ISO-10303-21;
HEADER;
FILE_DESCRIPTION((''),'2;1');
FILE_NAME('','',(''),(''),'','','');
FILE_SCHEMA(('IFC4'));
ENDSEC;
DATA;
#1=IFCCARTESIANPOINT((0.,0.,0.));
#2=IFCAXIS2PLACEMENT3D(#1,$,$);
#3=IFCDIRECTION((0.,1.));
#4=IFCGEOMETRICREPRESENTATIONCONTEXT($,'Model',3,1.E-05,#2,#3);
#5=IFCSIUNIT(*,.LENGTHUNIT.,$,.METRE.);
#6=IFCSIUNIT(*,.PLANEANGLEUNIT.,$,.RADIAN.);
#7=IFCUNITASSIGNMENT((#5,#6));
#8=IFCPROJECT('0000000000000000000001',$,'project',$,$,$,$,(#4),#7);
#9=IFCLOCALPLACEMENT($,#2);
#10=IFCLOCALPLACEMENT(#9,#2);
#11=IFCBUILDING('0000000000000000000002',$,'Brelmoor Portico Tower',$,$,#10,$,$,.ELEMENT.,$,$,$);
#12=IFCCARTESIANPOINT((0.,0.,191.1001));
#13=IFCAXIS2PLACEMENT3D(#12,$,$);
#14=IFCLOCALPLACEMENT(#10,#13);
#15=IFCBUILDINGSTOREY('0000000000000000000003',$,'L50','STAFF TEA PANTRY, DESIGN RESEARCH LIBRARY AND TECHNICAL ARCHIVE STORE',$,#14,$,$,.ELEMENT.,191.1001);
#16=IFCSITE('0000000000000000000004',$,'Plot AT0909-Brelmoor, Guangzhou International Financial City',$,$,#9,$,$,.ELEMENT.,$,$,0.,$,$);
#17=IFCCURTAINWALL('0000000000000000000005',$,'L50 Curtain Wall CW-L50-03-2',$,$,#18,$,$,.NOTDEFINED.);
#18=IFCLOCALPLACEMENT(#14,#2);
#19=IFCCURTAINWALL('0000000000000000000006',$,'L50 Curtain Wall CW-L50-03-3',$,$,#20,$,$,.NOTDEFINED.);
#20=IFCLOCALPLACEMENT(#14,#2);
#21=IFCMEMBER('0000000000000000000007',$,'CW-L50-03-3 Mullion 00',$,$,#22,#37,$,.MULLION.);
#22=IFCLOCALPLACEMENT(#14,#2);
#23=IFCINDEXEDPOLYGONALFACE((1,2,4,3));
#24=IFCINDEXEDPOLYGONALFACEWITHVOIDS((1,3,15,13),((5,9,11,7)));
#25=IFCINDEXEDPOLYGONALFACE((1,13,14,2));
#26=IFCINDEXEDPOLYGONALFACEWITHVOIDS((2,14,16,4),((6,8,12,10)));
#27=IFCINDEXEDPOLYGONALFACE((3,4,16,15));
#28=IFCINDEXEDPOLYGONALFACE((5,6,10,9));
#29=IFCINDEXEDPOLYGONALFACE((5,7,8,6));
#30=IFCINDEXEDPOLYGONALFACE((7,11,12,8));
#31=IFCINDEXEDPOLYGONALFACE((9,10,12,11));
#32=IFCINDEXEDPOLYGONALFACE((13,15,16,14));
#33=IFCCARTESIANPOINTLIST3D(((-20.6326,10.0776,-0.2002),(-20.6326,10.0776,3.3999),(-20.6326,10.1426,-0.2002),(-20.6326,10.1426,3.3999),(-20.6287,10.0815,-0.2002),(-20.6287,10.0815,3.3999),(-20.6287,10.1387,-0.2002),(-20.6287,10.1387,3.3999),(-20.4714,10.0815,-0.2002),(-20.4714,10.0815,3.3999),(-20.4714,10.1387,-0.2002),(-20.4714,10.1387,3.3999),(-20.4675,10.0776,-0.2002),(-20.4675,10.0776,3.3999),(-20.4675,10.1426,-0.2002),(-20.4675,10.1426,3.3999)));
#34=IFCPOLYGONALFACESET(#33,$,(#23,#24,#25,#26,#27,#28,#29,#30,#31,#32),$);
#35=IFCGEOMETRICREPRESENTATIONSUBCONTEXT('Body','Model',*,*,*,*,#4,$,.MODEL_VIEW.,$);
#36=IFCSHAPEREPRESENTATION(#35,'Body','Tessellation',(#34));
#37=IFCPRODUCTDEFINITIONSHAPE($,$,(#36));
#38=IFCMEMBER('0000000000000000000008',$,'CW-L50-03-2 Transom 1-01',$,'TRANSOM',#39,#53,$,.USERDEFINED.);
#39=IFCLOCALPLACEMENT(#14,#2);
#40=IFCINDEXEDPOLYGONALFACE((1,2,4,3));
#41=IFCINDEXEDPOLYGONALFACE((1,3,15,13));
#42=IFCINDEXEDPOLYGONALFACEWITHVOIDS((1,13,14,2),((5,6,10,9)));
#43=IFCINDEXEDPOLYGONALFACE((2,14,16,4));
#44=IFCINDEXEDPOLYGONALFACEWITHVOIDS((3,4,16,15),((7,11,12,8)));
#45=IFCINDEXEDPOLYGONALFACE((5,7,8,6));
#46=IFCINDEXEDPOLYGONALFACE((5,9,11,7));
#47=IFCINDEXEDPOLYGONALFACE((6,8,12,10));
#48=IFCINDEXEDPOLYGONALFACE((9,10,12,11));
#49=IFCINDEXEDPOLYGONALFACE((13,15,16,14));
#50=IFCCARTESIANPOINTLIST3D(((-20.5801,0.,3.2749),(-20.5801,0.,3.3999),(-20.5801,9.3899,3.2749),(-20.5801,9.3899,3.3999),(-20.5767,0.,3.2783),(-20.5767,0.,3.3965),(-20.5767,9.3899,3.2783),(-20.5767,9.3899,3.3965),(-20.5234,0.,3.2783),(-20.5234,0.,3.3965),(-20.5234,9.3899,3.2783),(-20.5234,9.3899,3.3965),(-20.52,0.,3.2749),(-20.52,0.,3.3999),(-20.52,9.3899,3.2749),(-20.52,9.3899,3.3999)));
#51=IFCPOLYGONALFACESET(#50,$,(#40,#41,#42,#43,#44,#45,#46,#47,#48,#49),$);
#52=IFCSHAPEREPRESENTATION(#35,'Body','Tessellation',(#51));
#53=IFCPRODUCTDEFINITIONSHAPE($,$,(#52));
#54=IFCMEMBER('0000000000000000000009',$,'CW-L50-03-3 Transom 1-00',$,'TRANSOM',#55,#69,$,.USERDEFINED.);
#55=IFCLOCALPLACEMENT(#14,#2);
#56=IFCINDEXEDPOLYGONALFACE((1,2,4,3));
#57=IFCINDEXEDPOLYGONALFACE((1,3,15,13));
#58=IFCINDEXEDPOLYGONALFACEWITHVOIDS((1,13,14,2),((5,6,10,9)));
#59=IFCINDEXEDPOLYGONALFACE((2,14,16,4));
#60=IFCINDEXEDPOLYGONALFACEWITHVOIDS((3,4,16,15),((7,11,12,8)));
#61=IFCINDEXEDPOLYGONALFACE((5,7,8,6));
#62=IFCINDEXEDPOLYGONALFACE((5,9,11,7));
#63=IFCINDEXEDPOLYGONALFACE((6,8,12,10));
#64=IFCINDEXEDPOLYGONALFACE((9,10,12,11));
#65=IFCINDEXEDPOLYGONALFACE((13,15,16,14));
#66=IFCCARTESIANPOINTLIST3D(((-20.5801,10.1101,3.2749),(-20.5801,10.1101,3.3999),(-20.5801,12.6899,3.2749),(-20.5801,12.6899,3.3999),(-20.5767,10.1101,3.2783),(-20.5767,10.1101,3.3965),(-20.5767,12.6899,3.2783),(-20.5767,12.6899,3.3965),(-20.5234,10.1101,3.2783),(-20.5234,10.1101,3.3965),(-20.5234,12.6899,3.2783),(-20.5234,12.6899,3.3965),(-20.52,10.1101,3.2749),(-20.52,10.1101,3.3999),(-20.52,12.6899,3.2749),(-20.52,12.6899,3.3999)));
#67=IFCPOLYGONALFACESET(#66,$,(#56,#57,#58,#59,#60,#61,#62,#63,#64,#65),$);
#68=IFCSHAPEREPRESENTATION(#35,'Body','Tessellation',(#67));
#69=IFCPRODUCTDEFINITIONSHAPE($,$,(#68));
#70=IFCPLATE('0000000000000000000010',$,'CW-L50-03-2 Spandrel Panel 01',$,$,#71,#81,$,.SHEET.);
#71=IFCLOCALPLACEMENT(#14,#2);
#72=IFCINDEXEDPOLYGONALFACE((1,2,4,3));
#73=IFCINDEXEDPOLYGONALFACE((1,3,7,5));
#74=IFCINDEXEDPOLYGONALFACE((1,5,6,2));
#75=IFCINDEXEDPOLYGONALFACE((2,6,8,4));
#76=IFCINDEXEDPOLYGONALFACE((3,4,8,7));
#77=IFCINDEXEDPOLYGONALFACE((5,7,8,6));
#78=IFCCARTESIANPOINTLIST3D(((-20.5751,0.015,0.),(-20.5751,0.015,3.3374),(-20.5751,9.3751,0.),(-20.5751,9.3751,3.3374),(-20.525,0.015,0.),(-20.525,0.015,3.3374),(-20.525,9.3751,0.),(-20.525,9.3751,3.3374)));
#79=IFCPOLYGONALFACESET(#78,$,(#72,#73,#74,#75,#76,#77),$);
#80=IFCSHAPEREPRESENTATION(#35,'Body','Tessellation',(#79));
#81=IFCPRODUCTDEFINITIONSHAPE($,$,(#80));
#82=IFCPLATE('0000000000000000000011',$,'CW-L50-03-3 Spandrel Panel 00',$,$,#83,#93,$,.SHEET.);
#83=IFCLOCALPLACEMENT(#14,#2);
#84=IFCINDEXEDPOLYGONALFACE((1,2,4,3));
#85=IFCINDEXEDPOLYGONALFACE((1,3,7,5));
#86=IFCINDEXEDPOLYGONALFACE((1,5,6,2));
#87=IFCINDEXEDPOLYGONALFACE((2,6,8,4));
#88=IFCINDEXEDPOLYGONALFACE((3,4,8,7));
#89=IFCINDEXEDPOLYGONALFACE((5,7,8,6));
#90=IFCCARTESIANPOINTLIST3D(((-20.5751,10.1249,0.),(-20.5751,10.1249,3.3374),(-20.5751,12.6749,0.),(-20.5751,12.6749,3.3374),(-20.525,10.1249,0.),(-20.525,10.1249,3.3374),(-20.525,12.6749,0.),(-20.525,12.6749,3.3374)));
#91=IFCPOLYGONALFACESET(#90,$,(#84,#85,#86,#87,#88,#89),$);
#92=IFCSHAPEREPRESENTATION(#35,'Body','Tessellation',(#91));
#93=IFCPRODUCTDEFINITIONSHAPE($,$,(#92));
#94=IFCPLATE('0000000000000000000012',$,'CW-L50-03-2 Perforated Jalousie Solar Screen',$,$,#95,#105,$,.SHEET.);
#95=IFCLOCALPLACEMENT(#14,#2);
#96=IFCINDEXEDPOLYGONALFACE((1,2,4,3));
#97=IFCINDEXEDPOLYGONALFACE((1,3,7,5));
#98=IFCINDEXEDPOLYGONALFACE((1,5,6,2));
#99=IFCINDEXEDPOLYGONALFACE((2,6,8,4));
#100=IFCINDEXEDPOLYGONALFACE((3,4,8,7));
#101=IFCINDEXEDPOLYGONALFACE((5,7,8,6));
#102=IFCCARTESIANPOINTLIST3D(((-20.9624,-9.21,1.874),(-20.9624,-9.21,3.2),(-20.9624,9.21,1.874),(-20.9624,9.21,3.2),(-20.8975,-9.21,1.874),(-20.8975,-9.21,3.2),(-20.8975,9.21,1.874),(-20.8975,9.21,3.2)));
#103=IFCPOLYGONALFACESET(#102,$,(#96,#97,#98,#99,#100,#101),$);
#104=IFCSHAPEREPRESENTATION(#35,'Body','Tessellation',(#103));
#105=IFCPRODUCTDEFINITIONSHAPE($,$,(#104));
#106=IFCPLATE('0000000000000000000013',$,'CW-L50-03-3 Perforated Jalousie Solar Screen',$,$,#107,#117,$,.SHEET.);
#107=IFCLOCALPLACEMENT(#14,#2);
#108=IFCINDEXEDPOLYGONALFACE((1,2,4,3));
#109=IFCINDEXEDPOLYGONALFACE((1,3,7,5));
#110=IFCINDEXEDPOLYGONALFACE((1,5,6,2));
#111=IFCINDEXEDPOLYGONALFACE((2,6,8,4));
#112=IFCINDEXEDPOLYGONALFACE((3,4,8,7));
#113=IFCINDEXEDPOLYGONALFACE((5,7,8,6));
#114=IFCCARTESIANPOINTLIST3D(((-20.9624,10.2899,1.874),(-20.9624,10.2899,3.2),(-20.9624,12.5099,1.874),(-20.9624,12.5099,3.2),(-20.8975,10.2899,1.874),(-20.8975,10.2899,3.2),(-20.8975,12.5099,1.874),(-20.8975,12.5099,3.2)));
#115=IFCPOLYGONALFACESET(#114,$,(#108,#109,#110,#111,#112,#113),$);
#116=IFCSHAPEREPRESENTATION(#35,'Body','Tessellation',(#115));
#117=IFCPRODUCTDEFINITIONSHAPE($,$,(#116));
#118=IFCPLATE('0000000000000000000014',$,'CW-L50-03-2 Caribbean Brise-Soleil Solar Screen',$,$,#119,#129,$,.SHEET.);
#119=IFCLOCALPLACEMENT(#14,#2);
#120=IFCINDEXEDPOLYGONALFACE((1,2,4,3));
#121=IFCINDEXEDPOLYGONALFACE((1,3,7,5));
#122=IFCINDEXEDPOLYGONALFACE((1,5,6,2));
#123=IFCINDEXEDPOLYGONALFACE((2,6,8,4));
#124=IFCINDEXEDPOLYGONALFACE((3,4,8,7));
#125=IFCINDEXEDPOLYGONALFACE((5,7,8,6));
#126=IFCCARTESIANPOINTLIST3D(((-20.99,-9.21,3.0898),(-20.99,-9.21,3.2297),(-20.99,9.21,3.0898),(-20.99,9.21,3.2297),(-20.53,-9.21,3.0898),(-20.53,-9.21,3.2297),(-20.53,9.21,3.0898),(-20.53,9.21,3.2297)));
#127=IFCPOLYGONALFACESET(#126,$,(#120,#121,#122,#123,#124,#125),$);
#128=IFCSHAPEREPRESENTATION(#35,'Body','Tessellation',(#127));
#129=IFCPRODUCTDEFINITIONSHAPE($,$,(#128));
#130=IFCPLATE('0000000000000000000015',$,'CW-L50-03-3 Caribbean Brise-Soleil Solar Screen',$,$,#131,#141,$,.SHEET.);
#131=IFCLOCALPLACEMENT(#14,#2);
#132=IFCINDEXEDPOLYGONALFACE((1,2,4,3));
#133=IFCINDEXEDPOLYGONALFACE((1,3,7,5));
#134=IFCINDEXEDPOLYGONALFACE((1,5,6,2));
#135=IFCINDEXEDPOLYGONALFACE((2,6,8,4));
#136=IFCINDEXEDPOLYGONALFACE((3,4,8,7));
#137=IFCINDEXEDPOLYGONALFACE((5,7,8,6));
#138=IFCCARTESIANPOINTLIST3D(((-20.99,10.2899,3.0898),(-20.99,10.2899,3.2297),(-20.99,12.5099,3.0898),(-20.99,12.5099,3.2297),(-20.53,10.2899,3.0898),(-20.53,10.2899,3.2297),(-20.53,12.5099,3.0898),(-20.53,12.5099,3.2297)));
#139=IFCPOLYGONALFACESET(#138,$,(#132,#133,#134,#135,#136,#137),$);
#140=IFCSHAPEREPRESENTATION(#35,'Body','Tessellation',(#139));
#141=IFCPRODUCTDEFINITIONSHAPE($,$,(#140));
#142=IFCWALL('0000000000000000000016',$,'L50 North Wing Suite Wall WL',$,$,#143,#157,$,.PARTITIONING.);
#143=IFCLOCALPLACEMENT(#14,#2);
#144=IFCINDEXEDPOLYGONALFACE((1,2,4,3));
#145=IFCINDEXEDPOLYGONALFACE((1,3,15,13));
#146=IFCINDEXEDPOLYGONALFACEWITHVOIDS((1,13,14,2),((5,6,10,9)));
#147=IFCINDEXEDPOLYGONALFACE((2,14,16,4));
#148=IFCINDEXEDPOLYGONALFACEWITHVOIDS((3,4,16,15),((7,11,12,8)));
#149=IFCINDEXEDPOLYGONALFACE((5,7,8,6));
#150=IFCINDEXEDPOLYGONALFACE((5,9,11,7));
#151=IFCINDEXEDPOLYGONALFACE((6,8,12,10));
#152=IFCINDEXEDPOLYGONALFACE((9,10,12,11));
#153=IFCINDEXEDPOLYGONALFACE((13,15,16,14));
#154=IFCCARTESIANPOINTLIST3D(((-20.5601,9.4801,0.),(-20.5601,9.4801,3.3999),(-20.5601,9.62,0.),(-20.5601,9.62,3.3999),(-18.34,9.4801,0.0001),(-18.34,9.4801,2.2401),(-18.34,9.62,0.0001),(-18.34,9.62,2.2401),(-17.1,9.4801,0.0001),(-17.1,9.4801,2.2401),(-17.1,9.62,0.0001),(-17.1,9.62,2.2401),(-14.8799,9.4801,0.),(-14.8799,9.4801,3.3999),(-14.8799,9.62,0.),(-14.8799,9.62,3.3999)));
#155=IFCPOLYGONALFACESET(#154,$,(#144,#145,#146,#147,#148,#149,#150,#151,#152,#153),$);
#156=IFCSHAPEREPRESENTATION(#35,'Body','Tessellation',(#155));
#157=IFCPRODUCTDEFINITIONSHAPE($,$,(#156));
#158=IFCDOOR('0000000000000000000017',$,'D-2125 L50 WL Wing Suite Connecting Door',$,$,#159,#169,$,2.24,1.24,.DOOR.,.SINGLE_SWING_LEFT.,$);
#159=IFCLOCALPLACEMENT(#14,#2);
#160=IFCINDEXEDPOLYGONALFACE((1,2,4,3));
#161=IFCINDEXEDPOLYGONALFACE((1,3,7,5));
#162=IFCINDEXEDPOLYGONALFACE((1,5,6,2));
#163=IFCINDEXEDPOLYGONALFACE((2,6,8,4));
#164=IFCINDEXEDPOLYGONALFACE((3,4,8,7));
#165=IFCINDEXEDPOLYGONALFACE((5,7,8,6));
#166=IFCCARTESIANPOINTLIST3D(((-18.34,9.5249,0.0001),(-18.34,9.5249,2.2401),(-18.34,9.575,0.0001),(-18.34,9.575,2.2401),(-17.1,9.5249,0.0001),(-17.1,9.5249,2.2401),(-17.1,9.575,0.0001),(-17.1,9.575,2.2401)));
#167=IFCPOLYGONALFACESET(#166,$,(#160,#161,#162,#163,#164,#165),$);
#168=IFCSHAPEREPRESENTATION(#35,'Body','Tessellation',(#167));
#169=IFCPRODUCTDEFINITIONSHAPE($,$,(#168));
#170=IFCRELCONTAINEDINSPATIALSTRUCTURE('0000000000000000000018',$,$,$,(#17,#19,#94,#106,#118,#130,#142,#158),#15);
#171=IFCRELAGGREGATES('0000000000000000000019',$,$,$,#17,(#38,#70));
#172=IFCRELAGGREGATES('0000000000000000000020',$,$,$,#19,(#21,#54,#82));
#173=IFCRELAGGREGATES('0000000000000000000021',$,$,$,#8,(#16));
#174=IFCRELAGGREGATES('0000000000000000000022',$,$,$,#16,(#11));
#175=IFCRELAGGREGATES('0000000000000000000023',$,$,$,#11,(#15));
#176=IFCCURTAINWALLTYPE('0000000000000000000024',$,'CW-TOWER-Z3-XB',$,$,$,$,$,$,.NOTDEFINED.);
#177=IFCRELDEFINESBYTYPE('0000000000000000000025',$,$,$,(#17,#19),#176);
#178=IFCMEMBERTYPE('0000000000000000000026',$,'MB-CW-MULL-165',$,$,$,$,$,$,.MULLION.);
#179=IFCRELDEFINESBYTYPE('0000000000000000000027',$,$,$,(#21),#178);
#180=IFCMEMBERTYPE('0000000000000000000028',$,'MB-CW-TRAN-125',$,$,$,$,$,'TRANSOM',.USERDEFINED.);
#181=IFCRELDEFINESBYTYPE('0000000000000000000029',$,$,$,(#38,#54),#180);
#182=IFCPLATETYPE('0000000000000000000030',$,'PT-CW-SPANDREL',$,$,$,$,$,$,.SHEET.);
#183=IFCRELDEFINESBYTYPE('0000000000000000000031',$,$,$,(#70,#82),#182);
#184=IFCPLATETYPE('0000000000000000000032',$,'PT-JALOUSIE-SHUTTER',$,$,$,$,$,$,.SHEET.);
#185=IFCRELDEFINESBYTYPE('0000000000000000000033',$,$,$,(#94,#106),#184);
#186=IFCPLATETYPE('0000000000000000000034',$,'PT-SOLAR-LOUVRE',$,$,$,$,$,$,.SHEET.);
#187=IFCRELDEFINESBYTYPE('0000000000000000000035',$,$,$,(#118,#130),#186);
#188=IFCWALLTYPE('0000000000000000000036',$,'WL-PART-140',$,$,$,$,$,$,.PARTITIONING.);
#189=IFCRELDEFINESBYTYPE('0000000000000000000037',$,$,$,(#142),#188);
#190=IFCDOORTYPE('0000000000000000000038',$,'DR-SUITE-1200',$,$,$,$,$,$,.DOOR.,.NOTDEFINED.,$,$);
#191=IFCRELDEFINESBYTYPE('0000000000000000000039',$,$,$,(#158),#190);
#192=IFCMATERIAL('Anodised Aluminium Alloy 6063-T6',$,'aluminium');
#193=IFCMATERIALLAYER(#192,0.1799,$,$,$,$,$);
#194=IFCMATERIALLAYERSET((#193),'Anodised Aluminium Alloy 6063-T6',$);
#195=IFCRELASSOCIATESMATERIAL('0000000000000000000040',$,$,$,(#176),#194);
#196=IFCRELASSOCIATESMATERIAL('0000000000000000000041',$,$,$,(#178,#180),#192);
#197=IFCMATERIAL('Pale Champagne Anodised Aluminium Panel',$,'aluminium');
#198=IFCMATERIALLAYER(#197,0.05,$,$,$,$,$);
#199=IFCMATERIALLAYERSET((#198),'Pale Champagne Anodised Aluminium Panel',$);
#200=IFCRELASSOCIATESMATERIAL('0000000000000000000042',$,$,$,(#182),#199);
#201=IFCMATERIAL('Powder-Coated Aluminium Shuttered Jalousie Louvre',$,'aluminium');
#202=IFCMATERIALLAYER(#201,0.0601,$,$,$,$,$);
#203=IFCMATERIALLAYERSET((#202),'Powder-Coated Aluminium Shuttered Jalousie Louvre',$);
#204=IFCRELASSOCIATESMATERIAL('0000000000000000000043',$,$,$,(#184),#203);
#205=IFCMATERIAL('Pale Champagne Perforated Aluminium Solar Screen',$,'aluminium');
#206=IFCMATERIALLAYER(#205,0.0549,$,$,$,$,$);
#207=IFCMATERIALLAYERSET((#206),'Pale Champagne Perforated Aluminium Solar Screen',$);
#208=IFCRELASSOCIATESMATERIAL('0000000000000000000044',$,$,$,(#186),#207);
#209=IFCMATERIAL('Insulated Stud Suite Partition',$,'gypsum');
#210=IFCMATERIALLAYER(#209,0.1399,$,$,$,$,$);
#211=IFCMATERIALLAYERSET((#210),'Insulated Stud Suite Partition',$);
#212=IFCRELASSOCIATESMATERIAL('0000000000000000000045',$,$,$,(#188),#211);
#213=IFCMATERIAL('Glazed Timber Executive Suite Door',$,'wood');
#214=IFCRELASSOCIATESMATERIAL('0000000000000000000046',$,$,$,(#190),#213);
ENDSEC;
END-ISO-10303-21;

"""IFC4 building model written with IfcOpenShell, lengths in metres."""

from ifc_helpers import new_model, si_unit, direction, frame, frame_2d, origin, origin_2d, place, context, subcontext, project, spatial, rectangle, hollow_rectangle, extrude, material, layer, layer_set, material_profile, profile_set, type_object, element, fill, aggregate, save


model = new_model("IFC4")

# Units and contexts
model_context = context("Model", 3, precision=1e-05, world=origin(), true_north=direction((0.0, 1.0)))
body_context = subcontext(model_context, "Body", "Model", "MODEL_VIEW")
ifc_project = project(units=[si_unit("LENGTHUNIT", "METRE"), si_unit("PLANEANGLEUNIT", "RADIAN")], contexts=[model_context])

# Site, building, storey
site_placement = place(None, origin())
site = spatial("IfcSite", under=ifc_project, at=site_placement, Name="Plot AT0909-Brelmoor, Guangzhou International Financial City", CompositionType="ELEMENT", RefElevation=0.0)
building_placement = place(site_placement, origin())
building = spatial("IfcBuilding", under=site, at=building_placement, Name="Brelmoor Portico Tower", CompositionType="ELEMENT")
storey_placement = place(building_placement, frame((0.0, 0.0, 191.1001)))
storey = spatial("IfcBuildingStorey", under=building, at=storey_placement, Name="L50", Description="STAFF TEA PANTRY, DESIGN RESEARCH LIBRARY AND TECHNICAL ARCHIVE STORE", CompositionType="ELEMENT", Elevation=191.1001)

# Curtain wall
ifc_material_1 = material(Name="Anodised Aluminium Alloy 6063-T6", Category="aluminium")
ifc_layer_1 = layer(ifc_material_1, 0.1799)
ifc_layer_set_1 = layer_set([ifc_layer_1], Name="Anodised Aluminium Alloy 6063-T6")
curtain_wall_type = type_object("IfcCurtainWallType", Name="CW-TOWER-Z3-XB", PredefinedType="NOTDEFINED", material=ifc_layer_set_1)
curtain_wall_1_placement = place(storey_placement, origin())
curtain_wall_1 = element("IfcCurtainWall", 1, at=curtain_wall_1_placement, inside=storey, type_object=curtain_wall_type, Name="L50 Curtain Wall CW-L50-03-2", PredefinedType="NOTDEFINED")
ifc_material_profile_1 = material_profile(ifc_material_1, hollow_rectangle(XDim=0.0649, YDim=0.165, WallThickness=0.0039, at=origin_2d()), Name="ALU MULLION 65x165")
ifc_profile_set_1 = profile_set([ifc_material_profile_1], Name="Anodised Aluminium Alloy 6063-T6")
member_type_1 = type_object("IfcMemberType", Name="MB-CW-MULL-165", PredefinedType="MULLION", material=ifc_profile_set_1)

# Curtain wall, member
curtain_wall_2_placement = place(storey_placement, origin())
curtain_wall_2 = element("IfcCurtainWall", 2, at=curtain_wall_2_placement, inside=storey, type_object=curtain_wall_type, Name="L50 Curtain Wall CW-L50-03-3", PredefinedType="NOTDEFINED")
member_1_placement = place(storey_placement, frame((-20.55, 10.1101, -0.2002), z_axis=(0.0, 0.0, 1.0), x_axis=(0.0, 1.0, 0.0)))
member_1 = element("IfcMember", 3, at=member_1_placement, type_object=member_type_1, Name="CW-L50-03-3 Mullion 00", PredefinedType="MULLION", context=body_context, shape_type="SweptSolid", body=[
    extrude(hollow_rectangle(XDim=0.0649, YDim=0.165, WallThickness=0.0039, at=origin_2d()), origin(), (0.0, 0.0, 1.0), 3.6001),
])

# Members
ifc_material_profile_2 = material_profile(ifc_material_1, hollow_rectangle(XDim=0.0601, YDim=0.125, WallThickness=0.0034, at=origin_2d()), Name="ALU TRANSOM 60x125")
ifc_profile_set_2 = profile_set([ifc_material_profile_2], Name="Anodised Aluminium Alloy 6063-T6")
member_type_2 = type_object("IfcMemberType", Name="MB-CW-TRAN-125", ElementType="TRANSOM", PredefinedType="USERDEFINED", material=ifc_profile_set_2)
member_2_placement = place(storey_placement, frame((-20.55, 0.0, 3.3374), z_axis=(0.0, 1.0, 0.0), x_axis=(-1.0, 0.0, 0.0)))
member_2 = element("IfcMember", 4, at=member_2_placement, type_object=member_type_2, Name="CW-L50-03-2 Transom 1-01", ObjectType="TRANSOM", PredefinedType="USERDEFINED", context=body_context, shape_type="SweptSolid", body=[
    extrude(hollow_rectangle(XDim=0.0601, YDim=0.125, WallThickness=0.0034, at=origin_2d()), origin(), (0.0, 0.0, 1.0), 9.3899),
])
member_3_placement = place(storey_placement, frame((-20.55, 10.1101, 3.3374), z_axis=(0.0, 1.0, 0.0), x_axis=(-1.0, 0.0, 0.0)))
member_3 = element("IfcMember", 5, at=member_3_placement, type_object=member_type_2, Name="CW-L50-03-3 Transom 1-00", ObjectType="TRANSOM", PredefinedType="USERDEFINED", context=body_context, shape_type="SweptSolid", body=[
    extrude(hollow_rectangle(XDim=0.0601, YDim=0.125, WallThickness=0.0034, at=origin_2d()), origin(), (0.0, 0.0, 1.0), 2.5798),
])

# Plates
ifc_material_2 = material(Name="Pale Champagne Anodised Aluminium Panel", Category="aluminium")
ifc_layer_2 = layer(ifc_material_2, 0.05)
ifc_layer_set_2 = layer_set([ifc_layer_2], Name="Pale Champagne Anodised Aluminium Panel")
plate_type_1 = type_object("IfcPlateType", Name="PT-CW-SPANDREL", PredefinedType="SHEET", material=ifc_layer_set_2)
plate_1_placement = place(storey_placement, frame((-20.55, 4.6951, 0.0), z_axis=(0.0, 0.0, 1.0), x_axis=(0.0, 1.0, 0.0)))
plate_1 = element("IfcPlate", 6, at=plate_1_placement, type_object=plate_type_1, Name="CW-L50-03-2 Spandrel Panel 01", PredefinedType="SHEET", context=body_context, shape_type="SweptSolid", body=[
    extrude(rectangle(XDim=9.3601, YDim=0.05, at=origin_2d()), origin(), (0.0, 0.0, 1.0), 3.3374),
])
aggregate(curtain_wall_1, [member_2, plate_1])
plate_2_placement = place(storey_placement, frame((-20.55, 11.3999, 0.0), z_axis=(0.0, 0.0, 1.0), x_axis=(0.0, 1.0, 0.0)))
plate_2 = element("IfcPlate", 7, at=plate_2_placement, type_object=plate_type_1, Name="CW-L50-03-3 Spandrel Panel 00", PredefinedType="SHEET", context=body_context, shape_type="SweptSolid", body=[
    extrude(rectangle(XDim=2.55, YDim=0.05, at=origin_2d()), origin(), (0.0, 0.0, 1.0), 3.3374),
])
aggregate(curtain_wall_2, [member_1, member_3, plate_2])

# Plates
ifc_material_3 = material(Name="Powder-Coated Aluminium Shuttered Jalousie Louvre", Category="aluminium")
ifc_layer_3 = layer(ifc_material_3, 0.0601)
ifc_layer_set_3 = layer_set([ifc_layer_3], Name="Powder-Coated Aluminium Shuttered Jalousie Louvre")
plate_type_2 = type_object("IfcPlateType", Name="PT-JALOUSIE-SHUTTER", PredefinedType="SHEET", material=ifc_layer_set_3)
plate_3_placement = place(storey_placement, frame((-20.9299, 0.0, 1.874), z_axis=(0.0, 0.0, 1.0), x_axis=(0.0, 1.0, 0.0)))
element("IfcPlate", 8, at=plate_3_placement, inside=storey, type_object=plate_type_2, Name="CW-L50-03-2 Perforated Jalousie Solar Screen", PredefinedType="SHEET", context=body_context, shape_type="SweptSolid", body=[
    extrude(rectangle(XDim=18.4199, YDim=0.0649, at=origin_2d()), origin(), (0.0, 0.0, 1.0), 1.3259),
])
plate_4_placement = place(storey_placement, frame((-20.9299, 11.3999, 1.874), z_axis=(0.0, 0.0, 1.0), x_axis=(0.0, 1.0, 0.0)))
element("IfcPlate", 9, at=plate_4_placement, inside=storey, type_object=plate_type_2, Name="CW-L50-03-3 Perforated Jalousie Solar Screen", PredefinedType="SHEET", context=body_context, shape_type="SweptSolid", body=[
    extrude(rectangle(XDim=2.22, YDim=0.0649, at=origin_2d()), origin(), (0.0, 0.0, 1.0), 1.3259),
])
ifc_material_4 = material(Name="Pale Champagne Perforated Aluminium Solar Screen", Category="aluminium")
ifc_layer_4 = layer(ifc_material_4, 0.0549)
ifc_layer_set_4 = layer_set([ifc_layer_4], Name="Pale Champagne Perforated Aluminium Solar Screen")
plate_type_3 = type_object("IfcPlateType", Name="PT-SOLAR-LOUVRE", PredefinedType="SHEET", material=ifc_layer_set_4)
plate_5_placement = place(storey_placement, frame((-20.76, 0.0, 3.0898), z_axis=(0.0, 0.0, 1.0), x_axis=(0.0, 1.0, 0.0)))
element("IfcPlate", 10, at=plate_5_placement, inside=storey, type_object=plate_type_3, Name="CW-L50-03-2 Caribbean Brise-Soleil Solar Screen", PredefinedType="SHEET", context=body_context, shape_type="SweptSolid", body=[
    extrude(rectangle(XDim=18.4199, YDim=0.46, at=origin_2d()), origin(), (0.0, 0.0, 1.0), 0.1399),
])
plate_6_placement = place(storey_placement, frame((-20.76, 11.3999, 3.0898), z_axis=(0.0, 0.0, 1.0), x_axis=(0.0, 1.0, 0.0)))
element("IfcPlate", 11, at=plate_6_placement, inside=storey, type_object=plate_type_3, Name="CW-L50-03-3 Caribbean Brise-Soleil Solar Screen", PredefinedType="SHEET", context=body_context, shape_type="SweptSolid", body=[
    extrude(rectangle(XDim=2.22, YDim=0.46, at=origin_2d()), origin(), (0.0, 0.0, 1.0), 0.1399),
])

# Wall, opening, door
ifc_material_5 = material(Name="Insulated Stud Suite Partition", Category="gypsum")
ifc_layer_5 = layer(ifc_material_5, 0.1399)
ifc_layer_set_5 = layer_set([ifc_layer_5], Name="Insulated Stud Suite Partition")
wall_type = type_object("IfcWallType", Name="WL-PART-140", PredefinedType="PARTITIONING", material=ifc_layer_set_5)
wall_1_placement = place(storey_placement, frame((-20.5601, 9.55, 0.0), z_axis=(0.0, 0.0, 1.0), x_axis=(1.0, 0.0, 0.0)))
wall_1 = element("IfcWall", 12, at=wall_1_placement, inside=storey, type_object=wall_type, Name="L50 North Wing Suite Wall WL", PredefinedType="PARTITIONING", context=body_context, shape_type="SweptSolid", body=[
    extrude(rectangle(XDim=5.6802, YDim=0.1399, at=frame_2d((2.8401, 0.0))), origin(), (0.0, 0.0, 1.0), 3.3999),
])
opening_1_placement = place(wall_1_placement, frame((2.22, 0.0, 0.0)))
opening_1 = element("IfcOpeningElement", 13, at=opening_1_placement, cuts=wall_1, PredefinedType="OPENING", context=body_context, shape_type="SweptSolid", body=[
    extrude(rectangle(XDim=1.24, YDim=2.24, at=frame_2d((0.6201, 1.1201))), frame((0.0, 0.0798, 0.0), z_axis=(0.0, -1.0, 0.0), x_axis=(1.0, 0.0, 0.0)), (0.0, 0.0, 1.0), 0.1599),
])
ifc_material_6 = material(Name="Glazed Timber Executive Suite Door", Category="wood")
door_type_1 = type_object("IfcDoorType", Name="DR-SUITE-1200", OperationType="NOTDEFINED", PredefinedType="DOOR", material=ifc_material_6)
door_1_placement = place(opening_1_placement, origin())
door_1 = element("IfcDoor", 14, at=door_1_placement, inside=storey, type_object=door_type_1, Name="D-2125 L50 WL Wing Suite Connecting Door", OperationType="SINGLE_SWING_LEFT", OverallHeight=2.24, OverallWidth=1.24, PredefinedType="DOOR", context=body_context, shape_type="SweptSolid", body=[
    extrude(rectangle(XDim=1.24, YDim=2.24, at=frame_2d((0.6201, 1.1201))), frame((0.0, 0.0249, 0.0), z_axis=(0.0, -1.0, 0.0), x_axis=(1.0, 0.0, 0.0)), (0.0, 0.0, 1.0), 0.05),
])
fill(opening_1, door_1)

save(model, "model.ifc")
